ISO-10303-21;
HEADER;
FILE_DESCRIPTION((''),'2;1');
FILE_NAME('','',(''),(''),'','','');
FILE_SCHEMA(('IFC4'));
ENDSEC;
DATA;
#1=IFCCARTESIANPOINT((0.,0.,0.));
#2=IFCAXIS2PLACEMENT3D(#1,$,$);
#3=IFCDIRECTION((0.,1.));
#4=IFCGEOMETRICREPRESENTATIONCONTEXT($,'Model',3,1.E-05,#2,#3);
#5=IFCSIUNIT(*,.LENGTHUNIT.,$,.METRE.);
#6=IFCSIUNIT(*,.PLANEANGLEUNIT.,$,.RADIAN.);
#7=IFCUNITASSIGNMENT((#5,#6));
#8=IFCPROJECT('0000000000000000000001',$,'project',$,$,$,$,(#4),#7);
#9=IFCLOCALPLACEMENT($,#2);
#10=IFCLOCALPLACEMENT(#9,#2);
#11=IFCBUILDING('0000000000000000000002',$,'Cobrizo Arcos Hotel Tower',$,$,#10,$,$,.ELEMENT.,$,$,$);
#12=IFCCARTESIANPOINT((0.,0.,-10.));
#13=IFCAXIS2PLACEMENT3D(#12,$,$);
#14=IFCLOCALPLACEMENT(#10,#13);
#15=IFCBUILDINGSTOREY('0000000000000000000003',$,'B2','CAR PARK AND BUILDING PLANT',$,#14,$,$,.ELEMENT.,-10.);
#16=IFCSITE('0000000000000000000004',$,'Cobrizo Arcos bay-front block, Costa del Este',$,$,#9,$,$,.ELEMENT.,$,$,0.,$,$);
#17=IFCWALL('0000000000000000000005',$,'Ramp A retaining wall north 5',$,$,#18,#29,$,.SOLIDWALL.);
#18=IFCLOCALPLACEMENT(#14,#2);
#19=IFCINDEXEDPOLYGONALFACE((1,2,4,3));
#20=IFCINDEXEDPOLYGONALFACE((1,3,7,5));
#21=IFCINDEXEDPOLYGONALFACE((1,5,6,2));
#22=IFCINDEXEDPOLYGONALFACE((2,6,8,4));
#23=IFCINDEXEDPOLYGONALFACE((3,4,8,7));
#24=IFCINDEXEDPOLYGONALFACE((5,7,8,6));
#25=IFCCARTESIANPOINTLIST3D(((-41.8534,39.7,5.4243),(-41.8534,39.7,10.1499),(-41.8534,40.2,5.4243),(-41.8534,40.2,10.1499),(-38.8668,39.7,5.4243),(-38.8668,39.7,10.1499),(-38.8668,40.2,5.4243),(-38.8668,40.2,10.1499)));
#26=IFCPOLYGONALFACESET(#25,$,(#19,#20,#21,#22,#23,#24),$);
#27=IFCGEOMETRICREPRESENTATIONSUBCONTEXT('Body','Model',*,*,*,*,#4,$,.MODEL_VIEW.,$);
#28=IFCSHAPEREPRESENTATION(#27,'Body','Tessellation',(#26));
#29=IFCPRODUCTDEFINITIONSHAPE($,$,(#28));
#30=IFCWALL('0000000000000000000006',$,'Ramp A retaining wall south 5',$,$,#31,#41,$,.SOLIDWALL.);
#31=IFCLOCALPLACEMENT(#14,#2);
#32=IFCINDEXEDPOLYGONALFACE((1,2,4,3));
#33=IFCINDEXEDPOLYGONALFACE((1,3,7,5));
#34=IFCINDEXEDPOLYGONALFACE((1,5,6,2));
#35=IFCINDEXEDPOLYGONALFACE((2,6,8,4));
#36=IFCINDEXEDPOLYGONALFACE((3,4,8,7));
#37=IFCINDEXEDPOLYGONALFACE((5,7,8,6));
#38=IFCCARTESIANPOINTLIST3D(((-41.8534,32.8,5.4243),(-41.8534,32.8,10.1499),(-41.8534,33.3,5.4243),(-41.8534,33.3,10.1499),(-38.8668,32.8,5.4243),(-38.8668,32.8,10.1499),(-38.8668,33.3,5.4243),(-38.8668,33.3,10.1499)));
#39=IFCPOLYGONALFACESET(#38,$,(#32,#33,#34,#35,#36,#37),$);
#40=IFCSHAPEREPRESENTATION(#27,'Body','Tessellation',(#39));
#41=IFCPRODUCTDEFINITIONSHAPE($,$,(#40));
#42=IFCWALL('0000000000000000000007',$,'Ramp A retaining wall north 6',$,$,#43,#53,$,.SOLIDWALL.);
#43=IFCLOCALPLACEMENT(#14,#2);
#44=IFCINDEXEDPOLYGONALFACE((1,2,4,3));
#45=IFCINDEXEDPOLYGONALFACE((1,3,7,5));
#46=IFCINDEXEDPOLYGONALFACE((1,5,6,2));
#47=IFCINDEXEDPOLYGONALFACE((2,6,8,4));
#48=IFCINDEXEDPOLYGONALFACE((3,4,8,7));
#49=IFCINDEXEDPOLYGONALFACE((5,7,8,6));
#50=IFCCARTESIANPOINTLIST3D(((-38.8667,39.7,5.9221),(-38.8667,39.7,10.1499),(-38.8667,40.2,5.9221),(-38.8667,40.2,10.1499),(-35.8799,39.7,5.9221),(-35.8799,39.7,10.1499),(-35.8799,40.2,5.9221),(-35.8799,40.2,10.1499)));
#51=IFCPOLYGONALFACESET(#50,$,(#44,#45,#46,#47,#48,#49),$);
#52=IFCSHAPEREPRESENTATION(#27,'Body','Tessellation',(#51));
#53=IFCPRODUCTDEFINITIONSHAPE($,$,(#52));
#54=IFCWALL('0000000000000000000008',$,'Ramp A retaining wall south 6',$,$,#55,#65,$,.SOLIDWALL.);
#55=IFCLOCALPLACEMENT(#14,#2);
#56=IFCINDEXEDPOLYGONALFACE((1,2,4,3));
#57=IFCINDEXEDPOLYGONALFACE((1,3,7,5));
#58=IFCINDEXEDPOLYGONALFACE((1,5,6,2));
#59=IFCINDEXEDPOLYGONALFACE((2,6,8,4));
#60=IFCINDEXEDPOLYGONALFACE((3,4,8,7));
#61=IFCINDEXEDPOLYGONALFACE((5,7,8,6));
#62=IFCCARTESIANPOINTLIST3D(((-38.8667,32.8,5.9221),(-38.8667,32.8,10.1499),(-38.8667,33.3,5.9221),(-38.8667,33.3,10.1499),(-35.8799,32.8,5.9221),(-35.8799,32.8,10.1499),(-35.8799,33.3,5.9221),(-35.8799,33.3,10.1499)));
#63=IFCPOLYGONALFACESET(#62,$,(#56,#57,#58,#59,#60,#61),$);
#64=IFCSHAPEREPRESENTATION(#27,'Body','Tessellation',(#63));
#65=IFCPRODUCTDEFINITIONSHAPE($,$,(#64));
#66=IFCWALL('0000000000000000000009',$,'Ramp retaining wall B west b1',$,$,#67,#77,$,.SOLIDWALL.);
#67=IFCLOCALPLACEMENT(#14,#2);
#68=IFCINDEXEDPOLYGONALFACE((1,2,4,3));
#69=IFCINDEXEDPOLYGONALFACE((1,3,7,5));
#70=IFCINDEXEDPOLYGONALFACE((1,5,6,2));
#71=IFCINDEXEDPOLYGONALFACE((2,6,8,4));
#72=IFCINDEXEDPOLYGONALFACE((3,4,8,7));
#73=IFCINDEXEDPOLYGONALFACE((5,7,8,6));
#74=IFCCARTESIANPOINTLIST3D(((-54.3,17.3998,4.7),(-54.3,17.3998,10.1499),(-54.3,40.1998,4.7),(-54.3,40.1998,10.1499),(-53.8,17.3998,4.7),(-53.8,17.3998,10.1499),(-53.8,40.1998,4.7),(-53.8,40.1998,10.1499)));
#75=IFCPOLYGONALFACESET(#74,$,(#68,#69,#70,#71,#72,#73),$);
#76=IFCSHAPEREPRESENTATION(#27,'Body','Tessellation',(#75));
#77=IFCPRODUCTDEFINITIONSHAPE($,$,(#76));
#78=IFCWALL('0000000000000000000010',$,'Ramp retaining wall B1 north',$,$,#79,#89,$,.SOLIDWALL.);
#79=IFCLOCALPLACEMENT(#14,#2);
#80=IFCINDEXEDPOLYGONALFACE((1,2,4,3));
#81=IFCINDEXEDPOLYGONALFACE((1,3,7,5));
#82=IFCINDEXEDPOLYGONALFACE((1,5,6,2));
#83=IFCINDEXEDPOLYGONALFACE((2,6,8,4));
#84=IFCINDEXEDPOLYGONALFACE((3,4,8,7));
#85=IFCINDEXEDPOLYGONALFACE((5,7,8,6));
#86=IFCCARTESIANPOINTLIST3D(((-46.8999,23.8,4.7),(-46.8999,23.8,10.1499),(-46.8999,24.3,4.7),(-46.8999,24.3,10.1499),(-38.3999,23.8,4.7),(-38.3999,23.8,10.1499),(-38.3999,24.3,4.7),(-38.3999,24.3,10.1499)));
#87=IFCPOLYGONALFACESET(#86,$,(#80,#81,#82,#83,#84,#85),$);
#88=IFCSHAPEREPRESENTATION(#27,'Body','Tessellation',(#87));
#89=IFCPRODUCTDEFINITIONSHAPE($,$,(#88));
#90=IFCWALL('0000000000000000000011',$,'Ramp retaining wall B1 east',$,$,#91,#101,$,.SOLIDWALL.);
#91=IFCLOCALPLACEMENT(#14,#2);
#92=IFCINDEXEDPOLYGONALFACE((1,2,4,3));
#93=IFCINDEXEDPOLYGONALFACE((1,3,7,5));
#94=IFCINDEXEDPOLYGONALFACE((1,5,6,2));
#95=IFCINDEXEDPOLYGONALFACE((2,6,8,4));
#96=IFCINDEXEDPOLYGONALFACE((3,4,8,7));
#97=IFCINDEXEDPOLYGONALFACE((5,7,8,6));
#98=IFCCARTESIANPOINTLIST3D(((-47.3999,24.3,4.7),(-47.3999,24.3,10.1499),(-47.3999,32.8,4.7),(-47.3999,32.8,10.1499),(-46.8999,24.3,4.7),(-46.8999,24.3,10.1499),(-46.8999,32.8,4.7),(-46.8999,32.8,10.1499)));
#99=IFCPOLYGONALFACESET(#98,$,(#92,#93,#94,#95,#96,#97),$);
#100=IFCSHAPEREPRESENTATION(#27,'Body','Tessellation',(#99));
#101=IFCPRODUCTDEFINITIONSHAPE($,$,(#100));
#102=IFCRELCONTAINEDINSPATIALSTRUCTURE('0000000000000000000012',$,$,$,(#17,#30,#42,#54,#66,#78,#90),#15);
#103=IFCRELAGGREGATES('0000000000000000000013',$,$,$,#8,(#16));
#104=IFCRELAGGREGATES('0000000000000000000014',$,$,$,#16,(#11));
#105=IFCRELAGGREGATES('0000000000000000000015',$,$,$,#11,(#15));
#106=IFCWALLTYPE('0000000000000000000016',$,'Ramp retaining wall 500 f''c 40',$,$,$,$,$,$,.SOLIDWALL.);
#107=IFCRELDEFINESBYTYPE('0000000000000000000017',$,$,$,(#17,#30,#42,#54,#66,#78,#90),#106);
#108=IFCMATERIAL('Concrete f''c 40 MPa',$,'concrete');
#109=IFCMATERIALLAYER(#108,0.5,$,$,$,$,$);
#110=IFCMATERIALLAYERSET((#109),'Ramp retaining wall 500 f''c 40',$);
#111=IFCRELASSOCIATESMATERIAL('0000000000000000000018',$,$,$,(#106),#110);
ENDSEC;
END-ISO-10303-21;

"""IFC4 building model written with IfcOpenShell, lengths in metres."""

from ifc_helpers import new_model, si_unit, direction, frame, frame_2d, origin, place, context, subcontext, project, spatial, rectangle, extrude, material, layer, layer_set, type_object, element, save


model = new_model("IFC4")

# Units and contexts
model_context = context("Model", 3, precision=1e-05, world=origin(), true_north=direction((0.0, 1.0)))
body_context = subcontext(model_context, "Body", "Model", "MODEL_VIEW")
ifc_project = project(units=[si_unit("LENGTHUNIT", "METRE"), si_unit("PLANEANGLEUNIT", "RADIAN")], contexts=[model_context])

# Site, building, storey
site_placement = place(None, origin())
site = spatial("IfcSite", under=ifc_project, at=site_placement, Name="Cobrizo Arcos bay-front block, Costa del Este", CompositionType="ELEMENT", RefElevation=0.0)
building_placement = place(site_placement, origin())
building = spatial("IfcBuilding", under=site, at=building_placement, Name="Cobrizo Arcos Hotel Tower", CompositionType="ELEMENT")
storey_placement = place(building_placement, frame((0.0, 0.0, -10.0)))
storey = spatial("IfcBuildingStorey", under=building, at=storey_placement, Name="B2", Description="CAR PARK AND BUILDING PLANT", CompositionType="ELEMENT", Elevation=-10.0)

# Shared definitions
ifc_material_1 = material(Name="Concrete f'c 40 MPa", Category="concrete")

# Walls
ifc_layer_1 = layer(ifc_material_1, 0.5)
ifc_layer_set_1 = layer_set([ifc_layer_1], Name="Ramp retaining wall 500 f'c 40")
wall_type_1 = type_object("IfcWallType", Name="Ramp retaining wall 500 f'c 40", PredefinedType="SOLIDWALL", material=ifc_layer_set_1)
for number, where, z_axis, x_axis, name in (
    (1, (-41.8533, 39.95, 5.4243), (0.0, 0.0, 1.0), (1.0, 0.0, 0.0), "Ramp A retaining wall north 5"),
    (2, (-41.8533, 33.05, 5.4243), (0.0, 0.0, 1.0), (1.0, 0.0, 0.0), "Ramp A retaining wall south 5"),
):
    element("IfcWall", number, at=place(storey_placement, frame(where, z_axis=z_axis, x_axis=x_axis)), inside=storey, type_object=wall_type_1, Name=name, PredefinedType="SOLIDWALL", context=body_context, shape_type="SweptSolid", body=[
        extrude(rectangle(XDim=2.9866, YDim=0.5, at=frame_2d((1.4932, 0.0))), origin(), (0.0, 0.0, 1.0), 4.7256),
    ])
for number, where, z_axis, x_axis, name in (
    (3, (-38.8667, 39.95, 5.9221), (0.0, 0.0, 1.0), (1.0, 0.0, 0.0), "Ramp A retaining wall north 6"),
    (4, (-38.8667, 33.05, 5.9221), (0.0, 0.0, 1.0), (1.0, 0.0, 0.0), "Ramp A retaining wall south 6"),
):
    element("IfcWall", number, at=place(storey_placement, frame(where, z_axis=z_axis, x_axis=x_axis)), inside=storey, type_object=wall_type_1, Name=name, PredefinedType="SOLIDWALL", context=body_context, shape_type="SweptSolid", body=[
        extrude(rectangle(XDim=2.9868, YDim=0.5, at=frame_2d((1.4934, 0.0))), origin(), (0.0, 0.0, 1.0), 4.2278),
    ])
wall_1_placement = place(storey_placement, frame((-54.05, 17.3999, 4.7), z_axis=(0.0, 0.0, 1.0), x_axis=(0.0, 1.0, 0.0)))
element("IfcWall", 5, at=wall_1_placement, inside=storey, type_object=wall_type_1, Name="Ramp retaining wall B west b1", PredefinedType="SOLIDWALL", context=body_context, shape_type="SweptSolid", body=[
    extrude(rectangle(XDim=22.8, YDim=0.5, at=frame_2d((11.3999, 0.0))), origin(), (0.0, 0.0, 1.0), 5.45),
])
for number, where, z_axis, x_axis, name in (
    (6, (-46.8999, 24.05, 4.7), (0.0, 0.0, 1.0), (1.0, 0.0, 0.0), "Ramp retaining wall B1 north"),
    (7, (-47.1499, 24.3, 4.7), (0.0, 0.0, 1.0), (0.0, 1.0, 0.0), "Ramp retaining wall B1 east"),
):
    element("IfcWall", number, at=place(storey_placement, frame(where, z_axis=z_axis, x_axis=x_axis)), inside=storey, type_object=wall_type_1, Name=name, PredefinedType="SOLIDWALL", context=body_context, shape_type="SweptSolid", body=[
        extrude(rectangle(XDim=8.5, YDim=0.5, at=frame_2d((4.25, 0.0))), origin(), (0.0, 0.0, 1.0), 5.45),
    ])

save(model, "model.ifc")
